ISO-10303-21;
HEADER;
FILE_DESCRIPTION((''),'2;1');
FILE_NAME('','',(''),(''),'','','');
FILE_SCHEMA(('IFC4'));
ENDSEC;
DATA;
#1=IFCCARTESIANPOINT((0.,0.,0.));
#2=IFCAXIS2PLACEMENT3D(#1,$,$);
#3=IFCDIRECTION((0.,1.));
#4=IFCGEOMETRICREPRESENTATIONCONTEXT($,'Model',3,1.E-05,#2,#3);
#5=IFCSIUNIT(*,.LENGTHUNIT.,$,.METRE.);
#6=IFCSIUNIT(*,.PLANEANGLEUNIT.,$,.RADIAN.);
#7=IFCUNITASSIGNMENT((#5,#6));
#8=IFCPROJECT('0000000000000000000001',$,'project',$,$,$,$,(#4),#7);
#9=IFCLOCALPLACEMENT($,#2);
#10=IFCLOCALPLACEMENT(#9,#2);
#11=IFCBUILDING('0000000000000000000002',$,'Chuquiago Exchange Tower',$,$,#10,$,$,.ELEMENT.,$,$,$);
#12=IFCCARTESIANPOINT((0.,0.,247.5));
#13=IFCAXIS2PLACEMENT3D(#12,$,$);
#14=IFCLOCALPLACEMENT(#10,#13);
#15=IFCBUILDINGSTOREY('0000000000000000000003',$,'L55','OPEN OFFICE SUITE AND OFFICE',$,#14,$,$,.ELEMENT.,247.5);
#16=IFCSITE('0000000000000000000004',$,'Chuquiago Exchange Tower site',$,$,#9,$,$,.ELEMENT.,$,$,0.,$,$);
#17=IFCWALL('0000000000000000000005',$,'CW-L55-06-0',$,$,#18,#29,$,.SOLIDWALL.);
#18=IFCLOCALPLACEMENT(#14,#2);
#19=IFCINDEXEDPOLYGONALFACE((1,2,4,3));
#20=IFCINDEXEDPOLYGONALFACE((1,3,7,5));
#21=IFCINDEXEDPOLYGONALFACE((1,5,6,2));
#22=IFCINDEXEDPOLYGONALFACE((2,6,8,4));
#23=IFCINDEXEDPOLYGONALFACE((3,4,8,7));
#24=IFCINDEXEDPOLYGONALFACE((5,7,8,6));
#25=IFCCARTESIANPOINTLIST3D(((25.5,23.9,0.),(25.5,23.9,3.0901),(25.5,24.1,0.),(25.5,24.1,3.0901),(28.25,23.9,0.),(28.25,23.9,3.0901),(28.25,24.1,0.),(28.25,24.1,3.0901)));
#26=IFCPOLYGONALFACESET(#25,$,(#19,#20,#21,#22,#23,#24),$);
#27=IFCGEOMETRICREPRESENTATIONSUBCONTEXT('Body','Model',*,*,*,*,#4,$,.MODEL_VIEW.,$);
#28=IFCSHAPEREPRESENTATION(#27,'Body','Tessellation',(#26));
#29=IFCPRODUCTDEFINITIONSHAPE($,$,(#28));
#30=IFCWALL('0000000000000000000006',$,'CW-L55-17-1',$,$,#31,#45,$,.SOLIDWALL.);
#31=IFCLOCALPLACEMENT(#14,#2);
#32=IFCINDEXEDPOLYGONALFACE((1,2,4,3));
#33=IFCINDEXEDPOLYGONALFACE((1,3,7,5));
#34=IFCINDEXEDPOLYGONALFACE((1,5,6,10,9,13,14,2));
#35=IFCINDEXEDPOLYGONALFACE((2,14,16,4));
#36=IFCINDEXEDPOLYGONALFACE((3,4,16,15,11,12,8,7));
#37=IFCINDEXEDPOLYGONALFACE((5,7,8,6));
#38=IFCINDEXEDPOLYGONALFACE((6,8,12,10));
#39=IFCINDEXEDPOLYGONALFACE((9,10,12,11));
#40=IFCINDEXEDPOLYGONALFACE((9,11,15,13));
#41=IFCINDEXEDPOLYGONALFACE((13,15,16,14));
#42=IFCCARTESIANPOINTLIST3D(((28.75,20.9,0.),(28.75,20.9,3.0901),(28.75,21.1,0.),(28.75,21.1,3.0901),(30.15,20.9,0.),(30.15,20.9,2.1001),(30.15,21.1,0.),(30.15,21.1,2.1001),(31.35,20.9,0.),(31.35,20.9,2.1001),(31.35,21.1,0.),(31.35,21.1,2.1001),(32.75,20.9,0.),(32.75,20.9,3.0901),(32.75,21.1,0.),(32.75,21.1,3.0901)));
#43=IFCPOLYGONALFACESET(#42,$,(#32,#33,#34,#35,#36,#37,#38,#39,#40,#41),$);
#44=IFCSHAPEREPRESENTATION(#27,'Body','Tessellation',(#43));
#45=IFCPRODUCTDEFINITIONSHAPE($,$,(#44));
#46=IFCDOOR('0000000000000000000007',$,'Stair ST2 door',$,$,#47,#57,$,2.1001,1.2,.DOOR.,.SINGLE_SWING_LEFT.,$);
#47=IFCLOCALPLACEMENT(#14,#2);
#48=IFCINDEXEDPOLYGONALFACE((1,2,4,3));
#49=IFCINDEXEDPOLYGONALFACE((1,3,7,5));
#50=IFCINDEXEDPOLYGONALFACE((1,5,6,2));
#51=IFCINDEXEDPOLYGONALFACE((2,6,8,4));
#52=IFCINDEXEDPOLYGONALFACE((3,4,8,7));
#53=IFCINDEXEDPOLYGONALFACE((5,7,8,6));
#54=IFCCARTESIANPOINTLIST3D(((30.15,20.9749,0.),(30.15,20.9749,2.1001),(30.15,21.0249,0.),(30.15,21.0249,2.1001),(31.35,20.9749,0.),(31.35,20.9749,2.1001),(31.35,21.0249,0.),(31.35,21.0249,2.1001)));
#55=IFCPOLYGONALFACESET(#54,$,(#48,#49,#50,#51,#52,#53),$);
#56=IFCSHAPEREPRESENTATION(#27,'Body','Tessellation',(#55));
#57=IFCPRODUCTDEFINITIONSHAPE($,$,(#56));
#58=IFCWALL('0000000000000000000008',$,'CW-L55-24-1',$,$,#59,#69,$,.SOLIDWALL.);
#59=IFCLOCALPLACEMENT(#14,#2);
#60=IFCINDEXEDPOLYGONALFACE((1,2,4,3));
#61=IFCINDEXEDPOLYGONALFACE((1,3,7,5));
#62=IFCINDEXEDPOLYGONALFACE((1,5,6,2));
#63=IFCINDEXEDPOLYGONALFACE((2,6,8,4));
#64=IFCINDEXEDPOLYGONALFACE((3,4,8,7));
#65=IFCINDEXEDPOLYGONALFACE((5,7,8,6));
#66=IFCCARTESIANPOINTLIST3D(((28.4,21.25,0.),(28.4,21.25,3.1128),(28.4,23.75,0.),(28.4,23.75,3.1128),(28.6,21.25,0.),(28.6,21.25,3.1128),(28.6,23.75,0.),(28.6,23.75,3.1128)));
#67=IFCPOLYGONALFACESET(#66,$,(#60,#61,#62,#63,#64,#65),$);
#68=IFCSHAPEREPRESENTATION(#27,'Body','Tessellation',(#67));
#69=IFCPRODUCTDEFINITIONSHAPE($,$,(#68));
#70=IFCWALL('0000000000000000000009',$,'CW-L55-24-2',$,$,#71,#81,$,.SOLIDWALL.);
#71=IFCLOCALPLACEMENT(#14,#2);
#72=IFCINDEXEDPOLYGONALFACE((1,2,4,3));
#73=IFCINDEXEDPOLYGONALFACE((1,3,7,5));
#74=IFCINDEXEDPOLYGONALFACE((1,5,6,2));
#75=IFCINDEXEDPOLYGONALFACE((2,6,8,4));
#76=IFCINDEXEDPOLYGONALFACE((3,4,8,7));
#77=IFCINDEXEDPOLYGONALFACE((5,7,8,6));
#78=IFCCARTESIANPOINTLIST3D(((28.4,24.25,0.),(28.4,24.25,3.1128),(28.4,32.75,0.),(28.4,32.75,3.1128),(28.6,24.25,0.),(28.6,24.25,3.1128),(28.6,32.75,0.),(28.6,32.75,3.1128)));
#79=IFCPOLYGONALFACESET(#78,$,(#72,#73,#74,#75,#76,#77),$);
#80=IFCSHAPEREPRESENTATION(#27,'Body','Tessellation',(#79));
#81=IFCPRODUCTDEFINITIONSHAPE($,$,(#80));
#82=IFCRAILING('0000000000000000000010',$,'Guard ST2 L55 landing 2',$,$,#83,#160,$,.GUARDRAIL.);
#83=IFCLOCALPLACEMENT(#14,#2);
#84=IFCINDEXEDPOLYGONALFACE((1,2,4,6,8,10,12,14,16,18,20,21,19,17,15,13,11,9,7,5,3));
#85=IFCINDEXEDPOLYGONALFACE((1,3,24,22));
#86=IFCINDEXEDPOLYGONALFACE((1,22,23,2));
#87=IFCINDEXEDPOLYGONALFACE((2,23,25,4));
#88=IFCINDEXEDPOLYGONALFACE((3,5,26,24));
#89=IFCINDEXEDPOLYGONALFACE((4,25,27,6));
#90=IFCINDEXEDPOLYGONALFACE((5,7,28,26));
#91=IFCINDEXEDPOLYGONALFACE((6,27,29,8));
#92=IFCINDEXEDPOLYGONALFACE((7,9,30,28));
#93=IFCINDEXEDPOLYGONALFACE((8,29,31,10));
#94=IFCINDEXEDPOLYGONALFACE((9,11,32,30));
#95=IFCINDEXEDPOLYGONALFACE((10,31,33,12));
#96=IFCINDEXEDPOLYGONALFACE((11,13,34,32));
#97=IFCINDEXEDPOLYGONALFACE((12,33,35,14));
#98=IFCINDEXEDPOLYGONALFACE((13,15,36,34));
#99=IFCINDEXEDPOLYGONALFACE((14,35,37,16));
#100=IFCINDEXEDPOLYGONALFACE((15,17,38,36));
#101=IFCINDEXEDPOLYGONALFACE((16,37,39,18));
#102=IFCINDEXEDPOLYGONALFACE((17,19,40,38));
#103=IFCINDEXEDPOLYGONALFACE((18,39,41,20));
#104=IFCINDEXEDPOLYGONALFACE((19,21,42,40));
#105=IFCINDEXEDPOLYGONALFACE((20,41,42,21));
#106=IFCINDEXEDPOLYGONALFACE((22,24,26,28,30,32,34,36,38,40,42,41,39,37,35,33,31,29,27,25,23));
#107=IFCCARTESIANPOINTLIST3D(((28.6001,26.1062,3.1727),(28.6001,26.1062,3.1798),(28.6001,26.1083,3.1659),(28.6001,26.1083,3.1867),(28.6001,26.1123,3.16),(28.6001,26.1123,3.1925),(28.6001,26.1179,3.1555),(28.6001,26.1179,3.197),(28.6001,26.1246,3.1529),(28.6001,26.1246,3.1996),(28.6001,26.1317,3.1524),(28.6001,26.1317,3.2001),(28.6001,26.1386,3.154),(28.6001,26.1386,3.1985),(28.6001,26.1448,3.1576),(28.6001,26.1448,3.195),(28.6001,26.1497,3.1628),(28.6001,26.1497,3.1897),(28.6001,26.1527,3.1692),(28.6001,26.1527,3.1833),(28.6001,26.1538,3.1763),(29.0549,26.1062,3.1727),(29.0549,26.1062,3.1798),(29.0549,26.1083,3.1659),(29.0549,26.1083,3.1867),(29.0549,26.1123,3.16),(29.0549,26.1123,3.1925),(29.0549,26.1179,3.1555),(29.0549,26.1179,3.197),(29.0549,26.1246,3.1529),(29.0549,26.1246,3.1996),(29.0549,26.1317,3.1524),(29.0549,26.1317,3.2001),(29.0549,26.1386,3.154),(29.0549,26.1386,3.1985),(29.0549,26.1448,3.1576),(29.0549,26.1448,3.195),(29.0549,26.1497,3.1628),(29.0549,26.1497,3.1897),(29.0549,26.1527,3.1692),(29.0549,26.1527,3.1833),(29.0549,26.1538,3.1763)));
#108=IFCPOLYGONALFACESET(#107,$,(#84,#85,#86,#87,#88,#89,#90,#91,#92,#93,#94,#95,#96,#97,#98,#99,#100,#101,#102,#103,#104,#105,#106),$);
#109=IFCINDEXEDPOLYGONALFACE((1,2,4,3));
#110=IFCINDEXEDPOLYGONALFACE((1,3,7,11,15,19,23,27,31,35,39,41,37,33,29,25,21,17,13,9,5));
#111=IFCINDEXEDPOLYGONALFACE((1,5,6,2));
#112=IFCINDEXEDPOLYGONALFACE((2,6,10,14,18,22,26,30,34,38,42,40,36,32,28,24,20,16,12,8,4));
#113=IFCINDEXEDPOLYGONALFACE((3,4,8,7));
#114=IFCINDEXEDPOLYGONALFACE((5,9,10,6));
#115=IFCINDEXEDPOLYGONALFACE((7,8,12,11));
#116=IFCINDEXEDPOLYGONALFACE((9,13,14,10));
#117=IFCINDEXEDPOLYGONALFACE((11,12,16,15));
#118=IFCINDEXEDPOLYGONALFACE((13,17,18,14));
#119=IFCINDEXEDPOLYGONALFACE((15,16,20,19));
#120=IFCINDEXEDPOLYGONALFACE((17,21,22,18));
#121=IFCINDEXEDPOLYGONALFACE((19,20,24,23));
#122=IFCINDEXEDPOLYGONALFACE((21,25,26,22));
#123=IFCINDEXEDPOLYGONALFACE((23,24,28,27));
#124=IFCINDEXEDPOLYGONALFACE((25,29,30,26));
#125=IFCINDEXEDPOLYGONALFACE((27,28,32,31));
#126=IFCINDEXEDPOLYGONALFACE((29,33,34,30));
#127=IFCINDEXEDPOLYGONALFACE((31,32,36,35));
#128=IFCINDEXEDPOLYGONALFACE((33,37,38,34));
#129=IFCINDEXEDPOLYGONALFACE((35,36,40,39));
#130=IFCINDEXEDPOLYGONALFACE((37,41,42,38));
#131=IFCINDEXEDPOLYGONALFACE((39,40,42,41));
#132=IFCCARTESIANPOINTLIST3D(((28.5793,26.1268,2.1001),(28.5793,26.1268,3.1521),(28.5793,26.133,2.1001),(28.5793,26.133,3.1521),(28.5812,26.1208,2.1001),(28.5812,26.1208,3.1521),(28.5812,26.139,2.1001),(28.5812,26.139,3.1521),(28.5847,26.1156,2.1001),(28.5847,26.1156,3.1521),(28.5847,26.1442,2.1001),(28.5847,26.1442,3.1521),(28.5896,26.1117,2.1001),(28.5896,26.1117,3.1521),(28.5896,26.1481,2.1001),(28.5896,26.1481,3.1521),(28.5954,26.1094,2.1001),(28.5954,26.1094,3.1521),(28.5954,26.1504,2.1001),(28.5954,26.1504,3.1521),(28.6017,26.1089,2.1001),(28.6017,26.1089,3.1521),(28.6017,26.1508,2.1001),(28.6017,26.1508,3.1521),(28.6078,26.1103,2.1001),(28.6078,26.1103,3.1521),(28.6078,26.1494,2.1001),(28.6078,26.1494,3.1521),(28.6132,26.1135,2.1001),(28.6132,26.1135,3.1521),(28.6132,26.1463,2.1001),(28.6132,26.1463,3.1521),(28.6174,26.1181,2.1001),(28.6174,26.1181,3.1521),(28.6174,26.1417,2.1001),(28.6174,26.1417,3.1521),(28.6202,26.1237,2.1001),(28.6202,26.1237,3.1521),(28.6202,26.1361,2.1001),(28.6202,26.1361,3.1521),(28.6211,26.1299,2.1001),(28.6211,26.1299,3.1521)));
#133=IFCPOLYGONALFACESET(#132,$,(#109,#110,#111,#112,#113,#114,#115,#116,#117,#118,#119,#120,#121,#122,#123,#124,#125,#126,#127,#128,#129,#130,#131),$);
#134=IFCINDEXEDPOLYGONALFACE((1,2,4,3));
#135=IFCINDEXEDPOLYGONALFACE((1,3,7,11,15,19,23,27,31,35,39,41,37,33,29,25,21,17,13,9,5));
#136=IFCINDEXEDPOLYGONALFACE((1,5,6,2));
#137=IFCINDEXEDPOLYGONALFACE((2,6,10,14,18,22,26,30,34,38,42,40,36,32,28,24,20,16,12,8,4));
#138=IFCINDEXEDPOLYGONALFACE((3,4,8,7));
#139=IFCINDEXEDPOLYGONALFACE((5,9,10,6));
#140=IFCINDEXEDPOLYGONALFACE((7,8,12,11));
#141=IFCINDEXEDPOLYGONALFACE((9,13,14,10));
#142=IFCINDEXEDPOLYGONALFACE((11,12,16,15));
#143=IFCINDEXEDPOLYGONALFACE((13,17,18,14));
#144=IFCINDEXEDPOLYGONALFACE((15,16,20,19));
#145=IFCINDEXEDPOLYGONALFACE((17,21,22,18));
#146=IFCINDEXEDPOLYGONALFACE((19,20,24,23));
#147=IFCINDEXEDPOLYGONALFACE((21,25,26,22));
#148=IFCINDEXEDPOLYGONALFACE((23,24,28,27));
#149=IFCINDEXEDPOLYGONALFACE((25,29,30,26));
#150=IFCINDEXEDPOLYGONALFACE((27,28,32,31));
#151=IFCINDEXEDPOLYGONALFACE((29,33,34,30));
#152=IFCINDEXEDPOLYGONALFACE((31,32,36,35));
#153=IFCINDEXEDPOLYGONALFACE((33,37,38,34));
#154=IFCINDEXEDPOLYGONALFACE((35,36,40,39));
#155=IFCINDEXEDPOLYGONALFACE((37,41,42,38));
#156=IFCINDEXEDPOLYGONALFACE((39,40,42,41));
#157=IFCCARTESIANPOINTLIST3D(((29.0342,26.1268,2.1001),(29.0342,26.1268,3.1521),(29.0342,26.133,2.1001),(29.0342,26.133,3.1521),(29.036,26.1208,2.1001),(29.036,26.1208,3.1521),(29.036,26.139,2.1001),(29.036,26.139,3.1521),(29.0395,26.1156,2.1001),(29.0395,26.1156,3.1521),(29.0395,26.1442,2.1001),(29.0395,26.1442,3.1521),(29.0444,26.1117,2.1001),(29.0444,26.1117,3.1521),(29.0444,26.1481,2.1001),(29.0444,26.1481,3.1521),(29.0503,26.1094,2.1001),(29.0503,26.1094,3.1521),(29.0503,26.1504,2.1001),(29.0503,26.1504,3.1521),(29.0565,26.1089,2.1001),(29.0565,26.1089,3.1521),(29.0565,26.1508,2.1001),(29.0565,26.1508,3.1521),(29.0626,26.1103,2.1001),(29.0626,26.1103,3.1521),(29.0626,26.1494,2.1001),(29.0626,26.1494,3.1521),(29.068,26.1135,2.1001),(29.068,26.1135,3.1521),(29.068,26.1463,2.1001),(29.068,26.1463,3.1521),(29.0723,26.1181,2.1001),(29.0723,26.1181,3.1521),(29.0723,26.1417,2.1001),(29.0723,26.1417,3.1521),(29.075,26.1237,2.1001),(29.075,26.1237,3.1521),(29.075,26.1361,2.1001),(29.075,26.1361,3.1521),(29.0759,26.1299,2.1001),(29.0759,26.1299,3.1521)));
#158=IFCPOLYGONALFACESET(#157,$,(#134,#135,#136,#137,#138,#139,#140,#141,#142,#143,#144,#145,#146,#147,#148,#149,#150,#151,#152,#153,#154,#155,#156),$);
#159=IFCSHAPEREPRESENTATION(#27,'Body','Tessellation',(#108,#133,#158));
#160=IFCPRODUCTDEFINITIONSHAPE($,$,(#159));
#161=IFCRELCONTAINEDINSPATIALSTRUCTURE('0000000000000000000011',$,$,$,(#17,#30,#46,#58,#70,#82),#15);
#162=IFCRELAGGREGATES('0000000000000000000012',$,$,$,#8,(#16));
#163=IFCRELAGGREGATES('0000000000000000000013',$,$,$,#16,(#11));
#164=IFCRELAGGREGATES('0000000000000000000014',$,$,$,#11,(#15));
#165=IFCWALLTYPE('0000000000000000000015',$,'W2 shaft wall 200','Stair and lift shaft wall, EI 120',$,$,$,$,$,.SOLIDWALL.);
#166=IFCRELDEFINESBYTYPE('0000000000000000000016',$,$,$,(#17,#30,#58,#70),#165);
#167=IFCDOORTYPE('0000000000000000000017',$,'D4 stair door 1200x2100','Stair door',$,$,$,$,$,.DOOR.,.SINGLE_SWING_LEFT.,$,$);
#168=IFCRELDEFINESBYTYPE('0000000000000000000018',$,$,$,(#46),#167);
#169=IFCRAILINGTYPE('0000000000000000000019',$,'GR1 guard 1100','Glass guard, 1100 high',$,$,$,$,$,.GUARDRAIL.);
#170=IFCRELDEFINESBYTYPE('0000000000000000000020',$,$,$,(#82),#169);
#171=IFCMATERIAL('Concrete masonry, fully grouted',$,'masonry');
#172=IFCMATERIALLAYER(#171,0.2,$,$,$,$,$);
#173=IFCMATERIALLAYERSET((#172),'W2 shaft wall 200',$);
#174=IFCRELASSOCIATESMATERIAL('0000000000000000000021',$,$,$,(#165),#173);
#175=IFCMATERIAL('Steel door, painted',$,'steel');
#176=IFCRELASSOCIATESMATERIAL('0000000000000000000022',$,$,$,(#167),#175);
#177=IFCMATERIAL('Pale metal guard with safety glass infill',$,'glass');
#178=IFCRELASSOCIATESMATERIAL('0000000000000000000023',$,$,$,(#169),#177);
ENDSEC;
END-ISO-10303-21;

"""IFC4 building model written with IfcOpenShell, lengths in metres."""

from ifc_helpers import new_model, si_unit, direction, frame, frame_2d, origin, origin_2d, place, context, subcontext, project, spatial, rectangle, circle, extrude, material, layer, layer_set, type_object, element, fill, save


model = new_model("IFC4")

# Units and contexts
model_context = context("Model", 3, precision=1e-05, world=origin(), true_north=direction((0.0, 1.0)))
body_context = subcontext(model_context, "Body", "Model", "MODEL_VIEW")
ifc_project = project(units=[si_unit("LENGTHUNIT", "METRE"), si_unit("PLANEANGLEUNIT", "RADIAN")], contexts=[model_context])

# Site, building, storey
site_placement = place(None, origin())
site = spatial("IfcSite", under=ifc_project, at=site_placement, Name="Chuquiago Exchange Tower site", CompositionType="ELEMENT", RefElevation=0.0)
building_placement = place(site_placement, origin())
building = spatial("IfcBuilding", under=site, at=building_placement, Name="Chuquiago Exchange Tower", CompositionType="ELEMENT")
storey_placement = place(building_placement, frame((0.0, 0.0, 247.5)))
storey = spatial("IfcBuildingStorey", under=building, at=storey_placement, Name="L55", Description="OPEN OFFICE SUITE AND OFFICE", CompositionType="ELEMENT", Elevation=247.5)

# Wall
ifc_material_1 = material(Name="Concrete masonry, fully grouted", Category="masonry")
ifc_layer = layer(ifc_material_1, 0.2)
ifc_layer_set = layer_set([ifc_layer], Name="W2 shaft wall 200")
wall_type = type_object("IfcWallType", Name="W2 shaft wall 200", Description="Stair and lift shaft wall, EI 120", PredefinedType="SOLIDWALL", material=ifc_layer_set)
wall_1_placement = place(storey_placement, frame((25.5, 24.0, 0.0), z_axis=(0.0, 0.0, 1.0), x_axis=(1.0, 0.0, 0.0)))
element("IfcWall", 1, at=wall_1_placement, inside=storey, type_object=wall_type, Name="CW-L55-06-0", PredefinedType="SOLIDWALL", context=body_context, shape_type="SweptSolid", body=[
    extrude(rectangle(XDim=2.75, YDim=0.2, at=frame_2d((1.375, 0.0))), origin(), (0.0, 0.0, 1.0), 3.0901),
])

# Wall, opening, door
wall_2_placement = place(storey_placement, frame((28.75, 21.0, 0.0), z_axis=(0.0, 0.0, 1.0), x_axis=(1.0, 0.0, 0.0)))
wall_2 = element("IfcWall", 2, at=wall_2_placement, inside=storey, type_object=wall_type, Name="CW-L55-17-1", PredefinedType="SOLIDWALL", context=body_context, shape_type="SweptSolid", body=[
    extrude(rectangle(XDim=4.0, YDim=0.2, at=frame_2d((2.0, 0.0))), origin(), (0.0, 0.0, 1.0), 3.0901),
])
opening_placement = place(wall_2_placement, frame((1.3999, 0.0, 0.0)))
opening = element("IfcOpeningElement", 3, at=opening_placement, cuts=wall_2, PredefinedType="OPENING", context=body_context, shape_type="SweptSolid", body=[
    extrude(rectangle(XDim=1.2, YDim=2.1001, at=frame_2d((0.6001, 1.05))), frame((0.0, 0.1099, 0.0), z_axis=(0.0, -1.0, 0.0), x_axis=(1.0, 0.0, 0.0)), (0.0, 0.0, 1.0), 0.22),
])
ifc_material_2 = material(Name="Steel door, painted", Category="steel")
door_type = type_object("IfcDoorType", Name="D4 stair door 1200x2100", Description="Stair door", OperationType="SINGLE_SWING_LEFT", PredefinedType="DOOR", material=ifc_material_2)
door_placement = place(opening_placement, origin())
door = element("IfcDoor", 4, at=door_placement, inside=storey, type_object=door_type, Name="Stair ST2 door", OperationType="SINGLE_SWING_LEFT", OverallHeight=2.1001, OverallWidth=1.2, PredefinedType="DOOR", context=body_context, shape_type="SweptSolid", body=[
    extrude(rectangle(XDim=1.2, YDim=2.1001, at=frame_2d((0.6001, 1.05))), frame((0.0, 0.0249, 0.0), z_axis=(0.0, -1.0, 0.0), x_axis=(1.0, 0.0, 0.0)), (0.0, 0.0, 1.0), 0.05),
])
fill(opening, door)

# Walls
wall_3_placement = place(storey_placement, frame((28.5, 21.25, 0.0), z_axis=(0.0, 0.0, 1.0), x_axis=(0.0, 1.0, 0.0)))
element("IfcWall", 5, at=wall_3_placement, inside=storey, type_object=wall_type, Name="CW-L55-24-1", PredefinedType="SOLIDWALL", context=body_context, shape_type="SweptSolid", body=[
    extrude(rectangle(XDim=2.5, YDim=0.2, at=frame_2d((1.25, 0.0))), origin(), (0.0, 0.0, 1.0), 3.1128),
])
wall_4_placement = place(storey_placement, frame((28.5, 24.25, 0.0), z_axis=(0.0, 0.0, 1.0), x_axis=(0.0, 1.0, 0.0)))
element("IfcWall", 6, at=wall_4_placement, inside=storey, type_object=wall_type, Name="CW-L55-24-2", PredefinedType="SOLIDWALL", context=body_context, shape_type="SweptSolid", body=[
    extrude(rectangle(XDim=8.5, YDim=0.2, at=frame_2d((4.25, 0.0))), origin(), (0.0, 0.0, 1.0), 3.1128),
])

# Railing
ifc_material_3 = material(Name="Pale metal guard with safety glass infill", Category="glass")
railing_type_1 = type_object("IfcRailingType", Name="GR1 guard 1100", Description="Glass guard, 1100 high", PredefinedType="GUARDRAIL", material=ifc_material_3)
railing_placement = place(storey_placement, frame((28.6001, 26.1299, 2.1001)))
element("IfcRailing", 7, at=railing_placement, inside=storey, type_object=railing_type_1, Name="Guard ST2 L55 landing 2", PredefinedType="GUARDRAIL", context=body_context, shape_type="SweptSolid", body=[
    extrude(circle(Radius=0.0239, at=origin_2d()), frame((0.0, 0.0, 1.0762), z_axis=(1.0, 0.0, 0.0), x_axis=(0.0, 1.0, 0.0)), (0.0, 0.0, 1.0), 0.4548),
    extrude(circle(Radius=0.021, at=origin_2d()), origin(), (0.0, 0.0, 1.0), 1.052),
    extrude(circle(Radius=0.021, at=origin_2d()), frame((0.4548, 0.0, 0.0)), (0.0, 0.0, 1.0), 1.052),
])

save(model, "model.ifc")
